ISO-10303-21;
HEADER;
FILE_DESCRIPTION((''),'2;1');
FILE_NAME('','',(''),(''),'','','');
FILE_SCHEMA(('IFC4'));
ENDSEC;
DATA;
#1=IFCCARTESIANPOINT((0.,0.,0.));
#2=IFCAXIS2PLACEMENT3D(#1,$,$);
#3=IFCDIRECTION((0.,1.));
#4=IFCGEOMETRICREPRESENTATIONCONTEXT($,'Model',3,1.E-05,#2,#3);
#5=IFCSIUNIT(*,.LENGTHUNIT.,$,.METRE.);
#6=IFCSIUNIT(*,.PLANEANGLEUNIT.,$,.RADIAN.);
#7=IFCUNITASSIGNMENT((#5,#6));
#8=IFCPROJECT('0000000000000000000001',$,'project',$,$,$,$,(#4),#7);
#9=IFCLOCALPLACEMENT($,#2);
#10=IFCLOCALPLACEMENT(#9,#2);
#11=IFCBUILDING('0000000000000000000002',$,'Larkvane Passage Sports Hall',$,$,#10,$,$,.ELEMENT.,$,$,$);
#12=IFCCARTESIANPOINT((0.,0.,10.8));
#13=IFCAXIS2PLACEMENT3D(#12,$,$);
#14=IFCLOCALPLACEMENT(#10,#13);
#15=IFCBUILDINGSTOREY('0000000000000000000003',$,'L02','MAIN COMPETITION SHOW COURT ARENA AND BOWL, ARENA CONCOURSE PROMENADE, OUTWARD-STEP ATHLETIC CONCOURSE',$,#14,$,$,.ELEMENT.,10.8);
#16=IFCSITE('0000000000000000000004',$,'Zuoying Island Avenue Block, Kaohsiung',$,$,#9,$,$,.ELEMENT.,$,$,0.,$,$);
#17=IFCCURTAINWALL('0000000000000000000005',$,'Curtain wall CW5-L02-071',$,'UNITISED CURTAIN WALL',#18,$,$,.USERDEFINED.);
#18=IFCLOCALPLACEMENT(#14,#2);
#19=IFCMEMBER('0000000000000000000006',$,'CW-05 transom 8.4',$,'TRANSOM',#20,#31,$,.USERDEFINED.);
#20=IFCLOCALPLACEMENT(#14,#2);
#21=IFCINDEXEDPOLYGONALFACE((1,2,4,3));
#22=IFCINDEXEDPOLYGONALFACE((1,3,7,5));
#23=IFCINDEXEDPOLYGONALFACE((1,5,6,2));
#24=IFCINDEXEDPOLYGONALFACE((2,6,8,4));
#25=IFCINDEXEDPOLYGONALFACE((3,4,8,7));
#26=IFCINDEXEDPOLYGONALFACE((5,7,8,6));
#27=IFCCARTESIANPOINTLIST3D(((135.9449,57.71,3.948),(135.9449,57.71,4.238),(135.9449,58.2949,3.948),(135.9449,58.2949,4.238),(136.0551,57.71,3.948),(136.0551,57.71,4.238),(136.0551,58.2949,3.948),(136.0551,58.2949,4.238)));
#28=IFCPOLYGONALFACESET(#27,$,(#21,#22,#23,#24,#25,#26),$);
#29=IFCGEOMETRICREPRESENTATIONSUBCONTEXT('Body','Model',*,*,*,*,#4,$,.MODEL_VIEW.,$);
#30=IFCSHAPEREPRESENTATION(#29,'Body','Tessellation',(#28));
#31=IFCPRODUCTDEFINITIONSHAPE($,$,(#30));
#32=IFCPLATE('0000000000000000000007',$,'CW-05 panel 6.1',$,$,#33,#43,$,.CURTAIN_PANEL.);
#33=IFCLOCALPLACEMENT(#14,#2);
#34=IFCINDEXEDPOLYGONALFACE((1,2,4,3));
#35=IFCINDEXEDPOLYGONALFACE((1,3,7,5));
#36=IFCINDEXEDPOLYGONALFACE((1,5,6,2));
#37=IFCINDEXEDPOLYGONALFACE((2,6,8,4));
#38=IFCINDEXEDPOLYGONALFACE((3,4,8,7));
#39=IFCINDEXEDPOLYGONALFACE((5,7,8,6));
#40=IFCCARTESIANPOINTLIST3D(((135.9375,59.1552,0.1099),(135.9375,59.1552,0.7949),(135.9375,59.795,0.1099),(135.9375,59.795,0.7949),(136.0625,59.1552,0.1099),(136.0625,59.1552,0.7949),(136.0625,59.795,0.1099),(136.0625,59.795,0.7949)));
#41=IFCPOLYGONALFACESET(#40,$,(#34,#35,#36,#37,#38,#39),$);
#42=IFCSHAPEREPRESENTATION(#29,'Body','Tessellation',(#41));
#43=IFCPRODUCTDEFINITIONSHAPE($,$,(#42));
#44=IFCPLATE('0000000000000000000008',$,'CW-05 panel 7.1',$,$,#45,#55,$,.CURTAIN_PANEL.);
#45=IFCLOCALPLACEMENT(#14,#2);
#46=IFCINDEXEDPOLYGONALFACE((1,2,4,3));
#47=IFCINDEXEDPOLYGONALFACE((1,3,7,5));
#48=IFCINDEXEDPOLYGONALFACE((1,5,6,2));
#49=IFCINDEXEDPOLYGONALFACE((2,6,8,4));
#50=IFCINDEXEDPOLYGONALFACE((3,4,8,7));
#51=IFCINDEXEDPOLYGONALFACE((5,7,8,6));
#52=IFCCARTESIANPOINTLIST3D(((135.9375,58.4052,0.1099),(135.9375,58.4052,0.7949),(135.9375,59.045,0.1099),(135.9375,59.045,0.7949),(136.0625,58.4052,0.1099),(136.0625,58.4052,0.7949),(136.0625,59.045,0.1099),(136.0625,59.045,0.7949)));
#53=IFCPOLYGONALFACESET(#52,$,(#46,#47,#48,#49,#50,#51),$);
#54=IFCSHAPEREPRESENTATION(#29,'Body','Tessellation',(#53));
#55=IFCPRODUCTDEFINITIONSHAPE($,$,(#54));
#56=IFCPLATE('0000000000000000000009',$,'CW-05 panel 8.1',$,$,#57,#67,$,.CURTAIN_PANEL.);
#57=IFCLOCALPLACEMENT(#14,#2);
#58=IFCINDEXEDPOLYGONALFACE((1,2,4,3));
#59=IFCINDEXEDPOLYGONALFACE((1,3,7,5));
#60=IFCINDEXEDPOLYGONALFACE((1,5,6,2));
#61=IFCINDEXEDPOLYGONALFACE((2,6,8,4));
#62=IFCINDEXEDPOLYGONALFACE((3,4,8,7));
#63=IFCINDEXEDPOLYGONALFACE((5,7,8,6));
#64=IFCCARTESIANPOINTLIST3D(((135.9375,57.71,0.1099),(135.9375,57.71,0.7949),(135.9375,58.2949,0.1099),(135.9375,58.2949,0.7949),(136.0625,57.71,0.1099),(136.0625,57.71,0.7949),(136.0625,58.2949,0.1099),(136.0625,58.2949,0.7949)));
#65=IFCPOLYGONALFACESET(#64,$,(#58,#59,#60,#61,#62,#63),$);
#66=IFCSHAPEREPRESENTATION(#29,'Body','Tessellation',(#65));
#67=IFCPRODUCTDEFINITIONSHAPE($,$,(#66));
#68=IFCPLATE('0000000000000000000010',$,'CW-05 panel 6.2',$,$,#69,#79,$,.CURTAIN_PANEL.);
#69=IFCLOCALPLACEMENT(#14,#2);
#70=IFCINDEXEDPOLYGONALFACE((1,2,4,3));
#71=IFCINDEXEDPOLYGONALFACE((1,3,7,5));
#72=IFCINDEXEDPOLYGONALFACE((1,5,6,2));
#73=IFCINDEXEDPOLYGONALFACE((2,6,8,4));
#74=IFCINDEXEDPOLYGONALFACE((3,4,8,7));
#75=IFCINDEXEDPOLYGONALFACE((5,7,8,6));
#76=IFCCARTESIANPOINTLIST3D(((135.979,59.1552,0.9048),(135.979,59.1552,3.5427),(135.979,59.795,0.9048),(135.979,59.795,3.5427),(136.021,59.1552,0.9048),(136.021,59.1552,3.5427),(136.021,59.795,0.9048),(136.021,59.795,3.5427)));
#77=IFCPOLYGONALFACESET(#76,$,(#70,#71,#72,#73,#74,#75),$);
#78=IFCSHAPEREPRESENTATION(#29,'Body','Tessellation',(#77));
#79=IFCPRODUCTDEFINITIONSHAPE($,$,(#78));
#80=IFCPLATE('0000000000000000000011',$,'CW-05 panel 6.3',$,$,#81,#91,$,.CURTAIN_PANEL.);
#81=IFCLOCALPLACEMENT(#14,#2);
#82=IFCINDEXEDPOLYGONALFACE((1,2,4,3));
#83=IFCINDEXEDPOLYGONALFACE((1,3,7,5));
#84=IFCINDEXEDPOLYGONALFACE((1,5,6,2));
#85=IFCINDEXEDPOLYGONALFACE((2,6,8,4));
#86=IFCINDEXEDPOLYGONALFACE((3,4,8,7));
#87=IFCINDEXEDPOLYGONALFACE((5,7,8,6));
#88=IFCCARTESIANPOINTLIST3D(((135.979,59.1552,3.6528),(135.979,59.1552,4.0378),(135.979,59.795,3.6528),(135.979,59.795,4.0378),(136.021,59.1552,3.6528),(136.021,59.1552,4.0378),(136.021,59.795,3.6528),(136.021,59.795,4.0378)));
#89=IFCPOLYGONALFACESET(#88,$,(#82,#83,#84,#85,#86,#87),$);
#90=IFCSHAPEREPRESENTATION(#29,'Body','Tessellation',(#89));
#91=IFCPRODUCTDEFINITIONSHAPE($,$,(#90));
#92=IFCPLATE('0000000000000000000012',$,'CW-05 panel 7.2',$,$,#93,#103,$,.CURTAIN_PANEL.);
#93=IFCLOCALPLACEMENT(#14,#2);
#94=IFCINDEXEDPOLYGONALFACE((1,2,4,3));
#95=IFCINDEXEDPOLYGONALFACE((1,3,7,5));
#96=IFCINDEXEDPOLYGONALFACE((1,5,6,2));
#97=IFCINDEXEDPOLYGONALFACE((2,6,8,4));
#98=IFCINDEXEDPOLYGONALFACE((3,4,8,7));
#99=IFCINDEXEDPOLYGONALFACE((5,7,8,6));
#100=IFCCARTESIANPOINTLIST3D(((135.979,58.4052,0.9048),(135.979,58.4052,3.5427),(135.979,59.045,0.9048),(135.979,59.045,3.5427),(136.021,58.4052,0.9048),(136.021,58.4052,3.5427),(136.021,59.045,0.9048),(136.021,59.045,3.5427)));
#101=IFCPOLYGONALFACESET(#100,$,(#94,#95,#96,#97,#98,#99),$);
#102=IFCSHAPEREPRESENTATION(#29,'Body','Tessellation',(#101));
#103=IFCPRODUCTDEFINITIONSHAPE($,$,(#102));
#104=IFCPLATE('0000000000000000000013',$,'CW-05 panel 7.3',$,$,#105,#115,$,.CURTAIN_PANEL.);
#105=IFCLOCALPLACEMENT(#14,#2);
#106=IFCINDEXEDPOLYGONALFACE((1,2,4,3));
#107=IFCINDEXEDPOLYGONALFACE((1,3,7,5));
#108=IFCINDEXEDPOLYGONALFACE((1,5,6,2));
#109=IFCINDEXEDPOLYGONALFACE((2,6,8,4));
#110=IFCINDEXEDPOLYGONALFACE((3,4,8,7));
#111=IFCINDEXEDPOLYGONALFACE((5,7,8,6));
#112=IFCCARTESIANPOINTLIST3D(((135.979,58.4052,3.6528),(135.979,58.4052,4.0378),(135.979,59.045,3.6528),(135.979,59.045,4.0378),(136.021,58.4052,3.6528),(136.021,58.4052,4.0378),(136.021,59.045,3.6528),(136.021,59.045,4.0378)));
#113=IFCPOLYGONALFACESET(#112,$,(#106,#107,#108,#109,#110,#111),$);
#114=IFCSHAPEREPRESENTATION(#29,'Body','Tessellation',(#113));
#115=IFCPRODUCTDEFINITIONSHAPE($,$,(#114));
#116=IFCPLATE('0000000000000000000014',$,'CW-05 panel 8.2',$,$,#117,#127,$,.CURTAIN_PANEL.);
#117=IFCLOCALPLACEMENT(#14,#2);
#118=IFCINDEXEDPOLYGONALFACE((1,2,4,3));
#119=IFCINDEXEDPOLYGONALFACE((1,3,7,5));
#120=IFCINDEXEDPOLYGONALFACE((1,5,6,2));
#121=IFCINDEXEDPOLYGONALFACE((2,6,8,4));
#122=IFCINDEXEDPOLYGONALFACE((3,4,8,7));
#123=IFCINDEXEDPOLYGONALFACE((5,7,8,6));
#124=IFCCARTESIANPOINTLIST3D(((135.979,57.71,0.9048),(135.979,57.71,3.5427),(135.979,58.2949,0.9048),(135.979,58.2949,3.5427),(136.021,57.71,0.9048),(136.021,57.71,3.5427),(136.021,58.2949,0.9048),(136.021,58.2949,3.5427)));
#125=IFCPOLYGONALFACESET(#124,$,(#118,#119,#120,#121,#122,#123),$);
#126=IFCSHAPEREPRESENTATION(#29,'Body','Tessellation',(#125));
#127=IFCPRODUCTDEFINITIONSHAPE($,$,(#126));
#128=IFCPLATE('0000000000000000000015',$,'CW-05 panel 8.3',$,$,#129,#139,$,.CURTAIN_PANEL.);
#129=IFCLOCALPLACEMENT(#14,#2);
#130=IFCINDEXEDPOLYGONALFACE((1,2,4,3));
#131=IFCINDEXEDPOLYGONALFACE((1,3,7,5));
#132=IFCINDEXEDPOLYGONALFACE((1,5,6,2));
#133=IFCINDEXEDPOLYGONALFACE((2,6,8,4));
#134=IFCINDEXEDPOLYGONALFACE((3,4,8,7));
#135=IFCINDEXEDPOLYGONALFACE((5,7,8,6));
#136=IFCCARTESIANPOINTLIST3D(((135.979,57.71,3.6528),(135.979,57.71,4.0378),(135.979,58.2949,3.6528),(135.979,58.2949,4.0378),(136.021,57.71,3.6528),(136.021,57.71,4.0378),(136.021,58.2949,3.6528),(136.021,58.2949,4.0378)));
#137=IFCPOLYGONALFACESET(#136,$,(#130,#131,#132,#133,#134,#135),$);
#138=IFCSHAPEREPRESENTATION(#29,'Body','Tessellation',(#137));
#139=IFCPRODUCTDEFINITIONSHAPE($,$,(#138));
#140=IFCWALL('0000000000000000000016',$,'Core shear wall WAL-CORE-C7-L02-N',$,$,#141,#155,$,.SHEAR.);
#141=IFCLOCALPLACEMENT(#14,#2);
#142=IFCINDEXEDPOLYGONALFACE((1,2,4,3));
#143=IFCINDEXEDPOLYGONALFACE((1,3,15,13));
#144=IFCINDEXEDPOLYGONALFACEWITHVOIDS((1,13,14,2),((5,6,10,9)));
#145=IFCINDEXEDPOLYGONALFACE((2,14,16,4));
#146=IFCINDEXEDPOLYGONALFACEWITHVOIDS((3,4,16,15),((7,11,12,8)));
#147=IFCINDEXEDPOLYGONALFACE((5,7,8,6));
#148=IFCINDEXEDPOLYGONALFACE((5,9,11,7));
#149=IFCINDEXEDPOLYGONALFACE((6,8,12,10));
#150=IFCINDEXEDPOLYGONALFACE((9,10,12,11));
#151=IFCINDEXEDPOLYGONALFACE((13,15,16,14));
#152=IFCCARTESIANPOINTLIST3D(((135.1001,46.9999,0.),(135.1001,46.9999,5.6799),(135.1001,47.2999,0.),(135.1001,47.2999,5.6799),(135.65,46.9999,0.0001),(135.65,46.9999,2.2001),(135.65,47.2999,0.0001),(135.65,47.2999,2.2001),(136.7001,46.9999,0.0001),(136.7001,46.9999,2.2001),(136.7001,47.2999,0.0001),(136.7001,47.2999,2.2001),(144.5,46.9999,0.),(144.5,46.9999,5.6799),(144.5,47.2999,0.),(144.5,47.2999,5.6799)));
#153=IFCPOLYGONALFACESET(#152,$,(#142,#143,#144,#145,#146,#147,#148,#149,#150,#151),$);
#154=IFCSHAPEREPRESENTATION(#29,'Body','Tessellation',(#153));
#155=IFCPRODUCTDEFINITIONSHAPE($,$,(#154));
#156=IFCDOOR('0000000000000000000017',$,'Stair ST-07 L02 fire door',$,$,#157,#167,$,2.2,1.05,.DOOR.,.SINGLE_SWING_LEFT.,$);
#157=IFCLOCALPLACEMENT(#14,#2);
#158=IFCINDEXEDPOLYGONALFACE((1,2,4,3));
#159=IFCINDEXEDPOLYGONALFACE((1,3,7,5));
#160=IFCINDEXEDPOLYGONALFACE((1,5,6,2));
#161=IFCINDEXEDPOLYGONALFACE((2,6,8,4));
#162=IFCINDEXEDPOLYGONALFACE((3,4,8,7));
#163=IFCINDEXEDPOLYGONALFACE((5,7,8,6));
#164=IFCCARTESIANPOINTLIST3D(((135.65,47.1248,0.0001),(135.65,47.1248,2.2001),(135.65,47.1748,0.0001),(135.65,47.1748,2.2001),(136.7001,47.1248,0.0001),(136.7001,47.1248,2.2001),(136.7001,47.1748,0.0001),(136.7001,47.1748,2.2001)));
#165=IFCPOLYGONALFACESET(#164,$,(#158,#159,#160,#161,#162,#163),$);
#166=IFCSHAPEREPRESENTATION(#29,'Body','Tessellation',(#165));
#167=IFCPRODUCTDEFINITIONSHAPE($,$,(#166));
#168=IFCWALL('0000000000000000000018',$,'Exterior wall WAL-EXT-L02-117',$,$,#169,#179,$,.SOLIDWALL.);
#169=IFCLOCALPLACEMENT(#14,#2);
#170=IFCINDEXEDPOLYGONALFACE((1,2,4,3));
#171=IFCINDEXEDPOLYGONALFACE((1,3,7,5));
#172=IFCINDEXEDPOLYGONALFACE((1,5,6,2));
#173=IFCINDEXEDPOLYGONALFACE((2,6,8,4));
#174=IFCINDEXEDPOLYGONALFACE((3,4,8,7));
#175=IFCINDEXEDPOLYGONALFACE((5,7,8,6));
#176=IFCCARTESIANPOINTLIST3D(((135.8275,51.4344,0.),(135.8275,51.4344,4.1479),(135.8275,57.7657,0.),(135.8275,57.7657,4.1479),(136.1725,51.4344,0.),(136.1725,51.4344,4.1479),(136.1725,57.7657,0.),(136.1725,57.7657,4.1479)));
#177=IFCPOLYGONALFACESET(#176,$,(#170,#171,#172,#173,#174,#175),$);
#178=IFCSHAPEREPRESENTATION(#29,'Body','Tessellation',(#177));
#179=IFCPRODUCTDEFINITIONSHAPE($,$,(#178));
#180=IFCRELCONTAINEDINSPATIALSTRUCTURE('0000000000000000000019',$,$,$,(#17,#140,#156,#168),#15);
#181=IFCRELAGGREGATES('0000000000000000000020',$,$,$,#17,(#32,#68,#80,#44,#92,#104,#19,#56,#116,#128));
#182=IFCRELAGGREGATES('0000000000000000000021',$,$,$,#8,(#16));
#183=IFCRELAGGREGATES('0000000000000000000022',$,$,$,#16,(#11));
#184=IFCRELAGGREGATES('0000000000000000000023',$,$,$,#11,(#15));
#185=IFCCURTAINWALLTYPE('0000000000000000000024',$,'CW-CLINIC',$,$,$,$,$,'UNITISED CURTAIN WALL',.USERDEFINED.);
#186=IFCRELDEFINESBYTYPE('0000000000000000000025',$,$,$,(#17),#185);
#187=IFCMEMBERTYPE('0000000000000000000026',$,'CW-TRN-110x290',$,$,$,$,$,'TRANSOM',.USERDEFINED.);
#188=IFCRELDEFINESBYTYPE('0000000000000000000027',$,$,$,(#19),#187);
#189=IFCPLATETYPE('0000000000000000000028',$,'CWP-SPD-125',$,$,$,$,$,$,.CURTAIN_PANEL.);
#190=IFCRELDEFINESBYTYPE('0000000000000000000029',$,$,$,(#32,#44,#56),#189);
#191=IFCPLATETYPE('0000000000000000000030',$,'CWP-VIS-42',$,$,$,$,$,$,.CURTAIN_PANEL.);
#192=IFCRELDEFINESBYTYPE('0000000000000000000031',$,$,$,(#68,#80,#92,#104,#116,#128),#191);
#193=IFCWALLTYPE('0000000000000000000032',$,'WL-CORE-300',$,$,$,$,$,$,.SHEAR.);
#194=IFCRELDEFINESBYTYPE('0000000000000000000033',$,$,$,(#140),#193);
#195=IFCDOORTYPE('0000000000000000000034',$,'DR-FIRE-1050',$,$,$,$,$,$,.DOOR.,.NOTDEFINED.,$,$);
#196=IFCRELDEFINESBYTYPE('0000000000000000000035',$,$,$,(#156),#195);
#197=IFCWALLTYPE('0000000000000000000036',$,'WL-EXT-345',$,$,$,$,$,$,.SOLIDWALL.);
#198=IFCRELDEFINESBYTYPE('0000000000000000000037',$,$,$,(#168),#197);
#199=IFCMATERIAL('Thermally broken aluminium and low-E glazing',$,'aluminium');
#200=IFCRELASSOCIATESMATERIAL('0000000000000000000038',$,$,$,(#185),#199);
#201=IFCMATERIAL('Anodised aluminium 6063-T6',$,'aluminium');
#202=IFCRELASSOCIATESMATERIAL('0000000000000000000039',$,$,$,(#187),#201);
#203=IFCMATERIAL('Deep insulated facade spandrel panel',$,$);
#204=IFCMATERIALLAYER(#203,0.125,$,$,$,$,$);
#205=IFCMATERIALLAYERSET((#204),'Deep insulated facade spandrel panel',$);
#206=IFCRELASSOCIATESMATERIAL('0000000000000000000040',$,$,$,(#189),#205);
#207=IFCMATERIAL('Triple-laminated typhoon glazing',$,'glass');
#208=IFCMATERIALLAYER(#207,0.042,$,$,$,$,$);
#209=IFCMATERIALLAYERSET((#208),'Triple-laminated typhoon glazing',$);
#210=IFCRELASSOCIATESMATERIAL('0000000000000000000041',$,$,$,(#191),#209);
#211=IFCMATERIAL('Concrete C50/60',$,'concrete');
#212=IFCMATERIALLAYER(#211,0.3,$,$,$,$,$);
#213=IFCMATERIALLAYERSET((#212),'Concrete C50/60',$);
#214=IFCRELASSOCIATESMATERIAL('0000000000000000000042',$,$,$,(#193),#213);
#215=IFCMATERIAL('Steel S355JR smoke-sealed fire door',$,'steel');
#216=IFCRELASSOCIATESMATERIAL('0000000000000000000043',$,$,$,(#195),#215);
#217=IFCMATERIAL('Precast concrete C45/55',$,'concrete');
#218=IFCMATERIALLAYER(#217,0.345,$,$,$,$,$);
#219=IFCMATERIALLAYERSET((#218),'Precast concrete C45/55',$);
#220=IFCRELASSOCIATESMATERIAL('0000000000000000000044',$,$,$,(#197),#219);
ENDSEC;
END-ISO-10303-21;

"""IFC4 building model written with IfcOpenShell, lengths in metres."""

from ifc_helpers import new_model, si_unit, direction, frame, frame_2d, origin, origin_2d, place, context, subcontext, project, spatial, rectangle, extrude, material, layer, layer_set, material_profile, profile_set, type_object, element, fill, aggregate, save


model = new_model("IFC4")

# Units and contexts
model_context = context("Model", 3, precision=1e-05, world=origin(), true_north=direction((0.0, 1.0)))
body_context = subcontext(model_context, "Body", "Model", "MODEL_VIEW")
ifc_project = project(units=[si_unit("LENGTHUNIT", "METRE"), si_unit("PLANEANGLEUNIT", "RADIAN")], contexts=[model_context])

# Site, building, storey
site_placement = place(None, origin())
site = spatial("IfcSite", under=ifc_project, at=site_placement, Name="Zuoying Island Avenue Block, Kaohsiung", CompositionType="ELEMENT", RefElevation=0.0)
building_placement = place(site_placement, origin())
building = spatial("IfcBuilding", under=site, at=building_placement, Name="Larkvane Passage Sports Hall", CompositionType="ELEMENT")
storey_placement = place(building_placement, frame((0.0, 0.0, 10.8)))
storey = spatial("IfcBuildingStorey", under=building, at=storey_placement, Name="L02", Description="MAIN COMPETITION SHOW COURT ARENA AND BOWL, ARENA CONCOURSE PROMENADE, OUTWARD-STEP ATHLETIC CONCOURSE", CompositionType="ELEMENT", Elevation=10.8)

# Curtain wall, member, plates
ifc_material_1 = material(Name="Thermally broken aluminium and low-E glazing", Category="aluminium")
curtain_wall_type = type_object("IfcCurtainWallType", Name="CW-CLINIC", ElementType="UNITISED CURTAIN WALL", PredefinedType="USERDEFINED", material=ifc_material_1)
curtain_wall_placement = place(storey_placement, origin())
curtain_wall = element("IfcCurtainWall", 1, at=curtain_wall_placement, inside=storey, type_object=curtain_wall_type, Name="Curtain wall CW5-L02-071", ObjectType="UNITISED CURTAIN WALL", PredefinedType="USERDEFINED")
ifc_material_2 = material(Name="Anodised aluminium 6063-T6", Category="aluminium")
ifc_material_profile_1 = material_profile(ifc_material_2, rectangle(XDim=0.1101, YDim=0.29, at=origin_2d()), Name="ALU-TRN-110x290")
ifc_profile_set_1 = profile_set([ifc_material_profile_1], Name="Anodised aluminium 6063-T6")
member_type_1 = type_object("IfcMemberType", Name="CW-TRN-110x290", ElementType="TRANSOM", PredefinedType="USERDEFINED", material=ifc_profile_set_1)
member_1_placement = place(storey_placement, frame((136.0, 58.2949, 4.093), z_axis=(0.0, -1.0, 0.0), x_axis=(1.0, 0.0, 0.0)))
member_1 = element("IfcMember", 2, at=member_1_placement, type_object=member_type_1, Name="CW-05 transom 8.4", ObjectType="TRANSOM", PredefinedType="USERDEFINED", context=body_context, shape_type="SweptSolid", body=[
    extrude(rectangle(XDim=0.1101, YDim=0.29, at=origin_2d()), origin(), (0.0, 0.0, 1.0), 0.585),
])
ifc_material_3 = material(Name="Deep insulated facade spandrel panel")
ifc_layer_1 = layer(ifc_material_3, 0.125)
ifc_layer_set_1 = layer_set([ifc_layer_1], Name="Deep insulated facade spandrel panel")
plate_type_1 = type_object("IfcPlateType", Name="CWP-SPD-125", PredefinedType="CURTAIN_PANEL", material=ifc_layer_set_1)
plate_1_placement = place(storey_placement, frame((136.0, 59.4751, 0.1099), z_axis=(0.0, 0.0, 1.0), x_axis=(0.0, -1.0, 0.0)))
plate_1 = element("IfcPlate", 3, at=plate_1_placement, type_object=plate_type_1, Name="CW-05 panel 6.1", PredefinedType="CURTAIN_PANEL", context=body_context, shape_type="SweptSolid", body=[
    extrude(rectangle(XDim=0.6399, YDim=0.125, at=origin_2d()), origin(), (0.0, 0.0, 1.0), 0.6851),
])
plate_2_placement = place(storey_placement, frame((136.0, 58.7251, 0.1099), z_axis=(0.0, 0.0, 1.0), x_axis=(0.0, -1.0, 0.0)))
plate_2 = element("IfcPlate", 4, at=plate_2_placement, type_object=plate_type_1, Name="CW-05 panel 7.1", PredefinedType="CURTAIN_PANEL", context=body_context, shape_type="SweptSolid", body=[
    extrude(rectangle(XDim=0.6399, YDim=0.125, at=origin_2d()), origin(), (0.0, 0.0, 1.0), 0.6851),
])
plate_3_placement = place(storey_placement, frame((136.0, 58.0024, 0.1099), z_axis=(0.0, 0.0, 1.0), x_axis=(0.0, -1.0, 0.0)))
plate_3 = element("IfcPlate", 5, at=plate_3_placement, type_object=plate_type_1, Name="CW-05 panel 8.1", PredefinedType="CURTAIN_PANEL", context=body_context, shape_type="SweptSolid", body=[
    extrude(rectangle(XDim=0.585, YDim=0.125, at=origin_2d()), origin(), (0.0, 0.0, 1.0), 0.6851),
])
ifc_material_4 = material(Name="Triple-laminated typhoon glazing", Category="glass")
ifc_layer_2 = layer(ifc_material_4, 0.042)
ifc_layer_set_2 = layer_set([ifc_layer_2], Name="Triple-laminated typhoon glazing")
plate_type_2 = type_object("IfcPlateType", Name="CWP-VIS-42", PredefinedType="CURTAIN_PANEL", material=ifc_layer_set_2)
plate_4_placement = place(storey_placement, frame((136.0, 59.4751, 0.9048), z_axis=(0.0, 0.0, 1.0), x_axis=(0.0, -1.0, 0.0)))
plate_4 = element("IfcPlate", 6, at=plate_4_placement, type_object=plate_type_2, Name="CW-05 panel 6.2", PredefinedType="CURTAIN_PANEL", context=body_context, shape_type="SweptSolid", body=[
    extrude(rectangle(XDim=0.6399, YDim=0.042, at=origin_2d()), origin(), (0.0, 0.0, 1.0), 2.6379),
])
plate_5_placement = place(storey_placement, frame((136.0, 59.4751, 3.6528), z_axis=(0.0, 0.0, 1.0), x_axis=(0.0, -1.0, 0.0)))
plate_5 = element("IfcPlate", 7, at=plate_5_placement, type_object=plate_type_2, Name="CW-05 panel 6.3", PredefinedType="CURTAIN_PANEL", context=body_context, shape_type="SweptSolid", body=[
    extrude(rectangle(XDim=0.6399, YDim=0.042, at=origin_2d()), origin(), (0.0, 0.0, 1.0), 0.385),
])
plate_6_placement = place(storey_placement, frame((136.0, 58.7251, 0.9048), z_axis=(0.0, 0.0, 1.0), x_axis=(0.0, -1.0, 0.0)))
plate_6 = element("IfcPlate", 8, at=plate_6_placement, type_object=plate_type_2, Name="CW-05 panel 7.2", PredefinedType="CURTAIN_PANEL", context=body_context, shape_type="SweptSolid", body=[
    extrude(rectangle(XDim=0.6399, YDim=0.042, at=origin_2d()), origin(), (0.0, 0.0, 1.0), 2.6379),
])
plate_7_placement = place(storey_placement, frame((136.0, 58.7251, 3.6528), z_axis=(0.0, 0.0, 1.0), x_axis=(0.0, -1.0, 0.0)))
plate_7 = element("IfcPlate", 9, at=plate_7_placement, type_object=plate_type_2, Name="CW-05 panel 7.3", PredefinedType="CURTAIN_PANEL", context=body_context, shape_type="SweptSolid", body=[
    extrude(rectangle(XDim=0.6399, YDim=0.042, at=origin_2d()), origin(), (0.0, 0.0, 1.0), 0.385),
])
plate_8_placement = place(storey_placement, frame((136.0, 58.0024, 0.9048), z_axis=(0.0, 0.0, 1.0), x_axis=(0.0, -1.0, 0.0)))
plate_8 = element("IfcPlate", 10, at=plate_8_placement, type_object=plate_type_2, Name="CW-05 panel 8.2", PredefinedType="CURTAIN_PANEL", context=body_context, shape_type="SweptSolid", body=[
    extrude(rectangle(XDim=0.585, YDim=0.042, at=origin_2d()), origin(), (0.0, 0.0, 1.0), 2.6379),
])
plate_9_placement = place(storey_placement, frame((136.0, 58.0024, 3.6528), z_axis=(0.0, 0.0, 1.0), x_axis=(0.0, -1.0, 0.0)))
plate_9 = element("IfcPlate", 11, at=plate_9_placement, type_object=plate_type_2, Name="CW-05 panel 8.3", PredefinedType="CURTAIN_PANEL", context=body_context, shape_type="SweptSolid", body=[
    extrude(rectangle(XDim=0.585, YDim=0.042, at=origin_2d()), origin(), (0.0, 0.0, 1.0), 0.385),
])
aggregate(curtain_wall, [plate_1, plate_4, plate_5, plate_2, plate_6, plate_7, member_1, plate_3, plate_8, plate_9])

# Wall, opening, door
ifc_material_5 = material(Name="Concrete C50/60", Category="concrete")
ifc_layer_3 = layer(ifc_material_5, 0.3)
ifc_layer_set_3 = layer_set([ifc_layer_3], Name="Concrete C50/60")
wall_type_1 = type_object("IfcWallType", Name="WL-CORE-300", PredefinedType="SHEAR", material=ifc_layer_set_3)
wall_1_placement = place(storey_placement, frame((135.1001, 47.1499, 0.0), z_axis=(0.0, 0.0, 1.0), x_axis=(1.0, 0.0, 0.0)))
wall_1 = element("IfcWall", 12, at=wall_1_placement, inside=storey, type_object=wall_type_1, Name="Core shear wall WAL-CORE-C7-L02-N", PredefinedType="SHEAR", context=body_context, shape_type="SweptSolid", body=[
    extrude(rectangle(XDim=9.3999, YDim=0.3, at=frame_2d((4.7, 0.0))), origin(), (0.0, 0.0, 1.0), 5.6799),
])
opening_placement = place(wall_1_placement, frame((0.55, 0.0, 0.0)))
opening = element("IfcOpeningElement", 13, at=opening_placement, cuts=wall_1, PredefinedType="OPENING", context=body_context, shape_type="SweptSolid", body=[
    extrude(rectangle(XDim=1.05, YDim=2.2, at=frame_2d((0.5249, 1.1001))), frame((0.0, 0.1599, 0.0), z_axis=(0.0, -1.0, 0.0), x_axis=(1.0, 0.0, 0.0)), (0.0, 0.0, 1.0), 0.3201),
])
ifc_material_6 = material(Name="Steel S355JR smoke-sealed fire door", Category="steel")
door_type = type_object("IfcDoorType", Name="DR-FIRE-1050", OperationType="NOTDEFINED", PredefinedType="DOOR", material=ifc_material_6)
door_placement = place(opening_placement, origin())
door = element("IfcDoor", 14, at=door_placement, inside=storey, type_object=door_type, Name="Stair ST-07 L02 fire door", OperationType="SINGLE_SWING_LEFT", OverallHeight=2.2, OverallWidth=1.05, PredefinedType="DOOR", context=body_context, shape_type="SweptSolid", body=[
    extrude(rectangle(XDim=1.05, YDim=2.2, at=frame_2d((0.5249, 1.1001))), frame((0.0, 0.0249, 0.0), z_axis=(0.0, -1.0, 0.0), x_axis=(1.0, 0.0, 0.0)), (0.0, 0.0, 1.0), 0.05),
])
fill(opening, door)

# Wall
ifc_material_7 = material(Name="Precast concrete C45/55", Category="concrete")
ifc_layer_4 = layer(ifc_material_7, 0.345)
ifc_layer_set_4 = layer_set([ifc_layer_4], Name="Precast concrete C45/55")
wall_type_2 = type_object("IfcWallType", Name="WL-EXT-345", PredefinedType="SOLIDWALL", material=ifc_layer_set_4)
wall_2_placement = place(storey_placement, frame((136.0, 57.7656, 0.0), z_axis=(0.0, 0.0, 1.0), x_axis=(0.0, -1.0, 0.0)))
element("IfcWall", 15, at=wall_2_placement, inside=storey, type_object=wall_type_2, Name="Exterior wall WAL-EXT-L02-117", PredefinedType="SOLIDWALL", context=body_context, shape_type="SweptSolid", body=[
    extrude(rectangle(XDim=6.3313, YDim=0.345, at=frame_2d((3.1655, 0.0))), origin(), (0.0, 0.0, 1.0), 4.1479),
])

save(model, "model.ifc")
